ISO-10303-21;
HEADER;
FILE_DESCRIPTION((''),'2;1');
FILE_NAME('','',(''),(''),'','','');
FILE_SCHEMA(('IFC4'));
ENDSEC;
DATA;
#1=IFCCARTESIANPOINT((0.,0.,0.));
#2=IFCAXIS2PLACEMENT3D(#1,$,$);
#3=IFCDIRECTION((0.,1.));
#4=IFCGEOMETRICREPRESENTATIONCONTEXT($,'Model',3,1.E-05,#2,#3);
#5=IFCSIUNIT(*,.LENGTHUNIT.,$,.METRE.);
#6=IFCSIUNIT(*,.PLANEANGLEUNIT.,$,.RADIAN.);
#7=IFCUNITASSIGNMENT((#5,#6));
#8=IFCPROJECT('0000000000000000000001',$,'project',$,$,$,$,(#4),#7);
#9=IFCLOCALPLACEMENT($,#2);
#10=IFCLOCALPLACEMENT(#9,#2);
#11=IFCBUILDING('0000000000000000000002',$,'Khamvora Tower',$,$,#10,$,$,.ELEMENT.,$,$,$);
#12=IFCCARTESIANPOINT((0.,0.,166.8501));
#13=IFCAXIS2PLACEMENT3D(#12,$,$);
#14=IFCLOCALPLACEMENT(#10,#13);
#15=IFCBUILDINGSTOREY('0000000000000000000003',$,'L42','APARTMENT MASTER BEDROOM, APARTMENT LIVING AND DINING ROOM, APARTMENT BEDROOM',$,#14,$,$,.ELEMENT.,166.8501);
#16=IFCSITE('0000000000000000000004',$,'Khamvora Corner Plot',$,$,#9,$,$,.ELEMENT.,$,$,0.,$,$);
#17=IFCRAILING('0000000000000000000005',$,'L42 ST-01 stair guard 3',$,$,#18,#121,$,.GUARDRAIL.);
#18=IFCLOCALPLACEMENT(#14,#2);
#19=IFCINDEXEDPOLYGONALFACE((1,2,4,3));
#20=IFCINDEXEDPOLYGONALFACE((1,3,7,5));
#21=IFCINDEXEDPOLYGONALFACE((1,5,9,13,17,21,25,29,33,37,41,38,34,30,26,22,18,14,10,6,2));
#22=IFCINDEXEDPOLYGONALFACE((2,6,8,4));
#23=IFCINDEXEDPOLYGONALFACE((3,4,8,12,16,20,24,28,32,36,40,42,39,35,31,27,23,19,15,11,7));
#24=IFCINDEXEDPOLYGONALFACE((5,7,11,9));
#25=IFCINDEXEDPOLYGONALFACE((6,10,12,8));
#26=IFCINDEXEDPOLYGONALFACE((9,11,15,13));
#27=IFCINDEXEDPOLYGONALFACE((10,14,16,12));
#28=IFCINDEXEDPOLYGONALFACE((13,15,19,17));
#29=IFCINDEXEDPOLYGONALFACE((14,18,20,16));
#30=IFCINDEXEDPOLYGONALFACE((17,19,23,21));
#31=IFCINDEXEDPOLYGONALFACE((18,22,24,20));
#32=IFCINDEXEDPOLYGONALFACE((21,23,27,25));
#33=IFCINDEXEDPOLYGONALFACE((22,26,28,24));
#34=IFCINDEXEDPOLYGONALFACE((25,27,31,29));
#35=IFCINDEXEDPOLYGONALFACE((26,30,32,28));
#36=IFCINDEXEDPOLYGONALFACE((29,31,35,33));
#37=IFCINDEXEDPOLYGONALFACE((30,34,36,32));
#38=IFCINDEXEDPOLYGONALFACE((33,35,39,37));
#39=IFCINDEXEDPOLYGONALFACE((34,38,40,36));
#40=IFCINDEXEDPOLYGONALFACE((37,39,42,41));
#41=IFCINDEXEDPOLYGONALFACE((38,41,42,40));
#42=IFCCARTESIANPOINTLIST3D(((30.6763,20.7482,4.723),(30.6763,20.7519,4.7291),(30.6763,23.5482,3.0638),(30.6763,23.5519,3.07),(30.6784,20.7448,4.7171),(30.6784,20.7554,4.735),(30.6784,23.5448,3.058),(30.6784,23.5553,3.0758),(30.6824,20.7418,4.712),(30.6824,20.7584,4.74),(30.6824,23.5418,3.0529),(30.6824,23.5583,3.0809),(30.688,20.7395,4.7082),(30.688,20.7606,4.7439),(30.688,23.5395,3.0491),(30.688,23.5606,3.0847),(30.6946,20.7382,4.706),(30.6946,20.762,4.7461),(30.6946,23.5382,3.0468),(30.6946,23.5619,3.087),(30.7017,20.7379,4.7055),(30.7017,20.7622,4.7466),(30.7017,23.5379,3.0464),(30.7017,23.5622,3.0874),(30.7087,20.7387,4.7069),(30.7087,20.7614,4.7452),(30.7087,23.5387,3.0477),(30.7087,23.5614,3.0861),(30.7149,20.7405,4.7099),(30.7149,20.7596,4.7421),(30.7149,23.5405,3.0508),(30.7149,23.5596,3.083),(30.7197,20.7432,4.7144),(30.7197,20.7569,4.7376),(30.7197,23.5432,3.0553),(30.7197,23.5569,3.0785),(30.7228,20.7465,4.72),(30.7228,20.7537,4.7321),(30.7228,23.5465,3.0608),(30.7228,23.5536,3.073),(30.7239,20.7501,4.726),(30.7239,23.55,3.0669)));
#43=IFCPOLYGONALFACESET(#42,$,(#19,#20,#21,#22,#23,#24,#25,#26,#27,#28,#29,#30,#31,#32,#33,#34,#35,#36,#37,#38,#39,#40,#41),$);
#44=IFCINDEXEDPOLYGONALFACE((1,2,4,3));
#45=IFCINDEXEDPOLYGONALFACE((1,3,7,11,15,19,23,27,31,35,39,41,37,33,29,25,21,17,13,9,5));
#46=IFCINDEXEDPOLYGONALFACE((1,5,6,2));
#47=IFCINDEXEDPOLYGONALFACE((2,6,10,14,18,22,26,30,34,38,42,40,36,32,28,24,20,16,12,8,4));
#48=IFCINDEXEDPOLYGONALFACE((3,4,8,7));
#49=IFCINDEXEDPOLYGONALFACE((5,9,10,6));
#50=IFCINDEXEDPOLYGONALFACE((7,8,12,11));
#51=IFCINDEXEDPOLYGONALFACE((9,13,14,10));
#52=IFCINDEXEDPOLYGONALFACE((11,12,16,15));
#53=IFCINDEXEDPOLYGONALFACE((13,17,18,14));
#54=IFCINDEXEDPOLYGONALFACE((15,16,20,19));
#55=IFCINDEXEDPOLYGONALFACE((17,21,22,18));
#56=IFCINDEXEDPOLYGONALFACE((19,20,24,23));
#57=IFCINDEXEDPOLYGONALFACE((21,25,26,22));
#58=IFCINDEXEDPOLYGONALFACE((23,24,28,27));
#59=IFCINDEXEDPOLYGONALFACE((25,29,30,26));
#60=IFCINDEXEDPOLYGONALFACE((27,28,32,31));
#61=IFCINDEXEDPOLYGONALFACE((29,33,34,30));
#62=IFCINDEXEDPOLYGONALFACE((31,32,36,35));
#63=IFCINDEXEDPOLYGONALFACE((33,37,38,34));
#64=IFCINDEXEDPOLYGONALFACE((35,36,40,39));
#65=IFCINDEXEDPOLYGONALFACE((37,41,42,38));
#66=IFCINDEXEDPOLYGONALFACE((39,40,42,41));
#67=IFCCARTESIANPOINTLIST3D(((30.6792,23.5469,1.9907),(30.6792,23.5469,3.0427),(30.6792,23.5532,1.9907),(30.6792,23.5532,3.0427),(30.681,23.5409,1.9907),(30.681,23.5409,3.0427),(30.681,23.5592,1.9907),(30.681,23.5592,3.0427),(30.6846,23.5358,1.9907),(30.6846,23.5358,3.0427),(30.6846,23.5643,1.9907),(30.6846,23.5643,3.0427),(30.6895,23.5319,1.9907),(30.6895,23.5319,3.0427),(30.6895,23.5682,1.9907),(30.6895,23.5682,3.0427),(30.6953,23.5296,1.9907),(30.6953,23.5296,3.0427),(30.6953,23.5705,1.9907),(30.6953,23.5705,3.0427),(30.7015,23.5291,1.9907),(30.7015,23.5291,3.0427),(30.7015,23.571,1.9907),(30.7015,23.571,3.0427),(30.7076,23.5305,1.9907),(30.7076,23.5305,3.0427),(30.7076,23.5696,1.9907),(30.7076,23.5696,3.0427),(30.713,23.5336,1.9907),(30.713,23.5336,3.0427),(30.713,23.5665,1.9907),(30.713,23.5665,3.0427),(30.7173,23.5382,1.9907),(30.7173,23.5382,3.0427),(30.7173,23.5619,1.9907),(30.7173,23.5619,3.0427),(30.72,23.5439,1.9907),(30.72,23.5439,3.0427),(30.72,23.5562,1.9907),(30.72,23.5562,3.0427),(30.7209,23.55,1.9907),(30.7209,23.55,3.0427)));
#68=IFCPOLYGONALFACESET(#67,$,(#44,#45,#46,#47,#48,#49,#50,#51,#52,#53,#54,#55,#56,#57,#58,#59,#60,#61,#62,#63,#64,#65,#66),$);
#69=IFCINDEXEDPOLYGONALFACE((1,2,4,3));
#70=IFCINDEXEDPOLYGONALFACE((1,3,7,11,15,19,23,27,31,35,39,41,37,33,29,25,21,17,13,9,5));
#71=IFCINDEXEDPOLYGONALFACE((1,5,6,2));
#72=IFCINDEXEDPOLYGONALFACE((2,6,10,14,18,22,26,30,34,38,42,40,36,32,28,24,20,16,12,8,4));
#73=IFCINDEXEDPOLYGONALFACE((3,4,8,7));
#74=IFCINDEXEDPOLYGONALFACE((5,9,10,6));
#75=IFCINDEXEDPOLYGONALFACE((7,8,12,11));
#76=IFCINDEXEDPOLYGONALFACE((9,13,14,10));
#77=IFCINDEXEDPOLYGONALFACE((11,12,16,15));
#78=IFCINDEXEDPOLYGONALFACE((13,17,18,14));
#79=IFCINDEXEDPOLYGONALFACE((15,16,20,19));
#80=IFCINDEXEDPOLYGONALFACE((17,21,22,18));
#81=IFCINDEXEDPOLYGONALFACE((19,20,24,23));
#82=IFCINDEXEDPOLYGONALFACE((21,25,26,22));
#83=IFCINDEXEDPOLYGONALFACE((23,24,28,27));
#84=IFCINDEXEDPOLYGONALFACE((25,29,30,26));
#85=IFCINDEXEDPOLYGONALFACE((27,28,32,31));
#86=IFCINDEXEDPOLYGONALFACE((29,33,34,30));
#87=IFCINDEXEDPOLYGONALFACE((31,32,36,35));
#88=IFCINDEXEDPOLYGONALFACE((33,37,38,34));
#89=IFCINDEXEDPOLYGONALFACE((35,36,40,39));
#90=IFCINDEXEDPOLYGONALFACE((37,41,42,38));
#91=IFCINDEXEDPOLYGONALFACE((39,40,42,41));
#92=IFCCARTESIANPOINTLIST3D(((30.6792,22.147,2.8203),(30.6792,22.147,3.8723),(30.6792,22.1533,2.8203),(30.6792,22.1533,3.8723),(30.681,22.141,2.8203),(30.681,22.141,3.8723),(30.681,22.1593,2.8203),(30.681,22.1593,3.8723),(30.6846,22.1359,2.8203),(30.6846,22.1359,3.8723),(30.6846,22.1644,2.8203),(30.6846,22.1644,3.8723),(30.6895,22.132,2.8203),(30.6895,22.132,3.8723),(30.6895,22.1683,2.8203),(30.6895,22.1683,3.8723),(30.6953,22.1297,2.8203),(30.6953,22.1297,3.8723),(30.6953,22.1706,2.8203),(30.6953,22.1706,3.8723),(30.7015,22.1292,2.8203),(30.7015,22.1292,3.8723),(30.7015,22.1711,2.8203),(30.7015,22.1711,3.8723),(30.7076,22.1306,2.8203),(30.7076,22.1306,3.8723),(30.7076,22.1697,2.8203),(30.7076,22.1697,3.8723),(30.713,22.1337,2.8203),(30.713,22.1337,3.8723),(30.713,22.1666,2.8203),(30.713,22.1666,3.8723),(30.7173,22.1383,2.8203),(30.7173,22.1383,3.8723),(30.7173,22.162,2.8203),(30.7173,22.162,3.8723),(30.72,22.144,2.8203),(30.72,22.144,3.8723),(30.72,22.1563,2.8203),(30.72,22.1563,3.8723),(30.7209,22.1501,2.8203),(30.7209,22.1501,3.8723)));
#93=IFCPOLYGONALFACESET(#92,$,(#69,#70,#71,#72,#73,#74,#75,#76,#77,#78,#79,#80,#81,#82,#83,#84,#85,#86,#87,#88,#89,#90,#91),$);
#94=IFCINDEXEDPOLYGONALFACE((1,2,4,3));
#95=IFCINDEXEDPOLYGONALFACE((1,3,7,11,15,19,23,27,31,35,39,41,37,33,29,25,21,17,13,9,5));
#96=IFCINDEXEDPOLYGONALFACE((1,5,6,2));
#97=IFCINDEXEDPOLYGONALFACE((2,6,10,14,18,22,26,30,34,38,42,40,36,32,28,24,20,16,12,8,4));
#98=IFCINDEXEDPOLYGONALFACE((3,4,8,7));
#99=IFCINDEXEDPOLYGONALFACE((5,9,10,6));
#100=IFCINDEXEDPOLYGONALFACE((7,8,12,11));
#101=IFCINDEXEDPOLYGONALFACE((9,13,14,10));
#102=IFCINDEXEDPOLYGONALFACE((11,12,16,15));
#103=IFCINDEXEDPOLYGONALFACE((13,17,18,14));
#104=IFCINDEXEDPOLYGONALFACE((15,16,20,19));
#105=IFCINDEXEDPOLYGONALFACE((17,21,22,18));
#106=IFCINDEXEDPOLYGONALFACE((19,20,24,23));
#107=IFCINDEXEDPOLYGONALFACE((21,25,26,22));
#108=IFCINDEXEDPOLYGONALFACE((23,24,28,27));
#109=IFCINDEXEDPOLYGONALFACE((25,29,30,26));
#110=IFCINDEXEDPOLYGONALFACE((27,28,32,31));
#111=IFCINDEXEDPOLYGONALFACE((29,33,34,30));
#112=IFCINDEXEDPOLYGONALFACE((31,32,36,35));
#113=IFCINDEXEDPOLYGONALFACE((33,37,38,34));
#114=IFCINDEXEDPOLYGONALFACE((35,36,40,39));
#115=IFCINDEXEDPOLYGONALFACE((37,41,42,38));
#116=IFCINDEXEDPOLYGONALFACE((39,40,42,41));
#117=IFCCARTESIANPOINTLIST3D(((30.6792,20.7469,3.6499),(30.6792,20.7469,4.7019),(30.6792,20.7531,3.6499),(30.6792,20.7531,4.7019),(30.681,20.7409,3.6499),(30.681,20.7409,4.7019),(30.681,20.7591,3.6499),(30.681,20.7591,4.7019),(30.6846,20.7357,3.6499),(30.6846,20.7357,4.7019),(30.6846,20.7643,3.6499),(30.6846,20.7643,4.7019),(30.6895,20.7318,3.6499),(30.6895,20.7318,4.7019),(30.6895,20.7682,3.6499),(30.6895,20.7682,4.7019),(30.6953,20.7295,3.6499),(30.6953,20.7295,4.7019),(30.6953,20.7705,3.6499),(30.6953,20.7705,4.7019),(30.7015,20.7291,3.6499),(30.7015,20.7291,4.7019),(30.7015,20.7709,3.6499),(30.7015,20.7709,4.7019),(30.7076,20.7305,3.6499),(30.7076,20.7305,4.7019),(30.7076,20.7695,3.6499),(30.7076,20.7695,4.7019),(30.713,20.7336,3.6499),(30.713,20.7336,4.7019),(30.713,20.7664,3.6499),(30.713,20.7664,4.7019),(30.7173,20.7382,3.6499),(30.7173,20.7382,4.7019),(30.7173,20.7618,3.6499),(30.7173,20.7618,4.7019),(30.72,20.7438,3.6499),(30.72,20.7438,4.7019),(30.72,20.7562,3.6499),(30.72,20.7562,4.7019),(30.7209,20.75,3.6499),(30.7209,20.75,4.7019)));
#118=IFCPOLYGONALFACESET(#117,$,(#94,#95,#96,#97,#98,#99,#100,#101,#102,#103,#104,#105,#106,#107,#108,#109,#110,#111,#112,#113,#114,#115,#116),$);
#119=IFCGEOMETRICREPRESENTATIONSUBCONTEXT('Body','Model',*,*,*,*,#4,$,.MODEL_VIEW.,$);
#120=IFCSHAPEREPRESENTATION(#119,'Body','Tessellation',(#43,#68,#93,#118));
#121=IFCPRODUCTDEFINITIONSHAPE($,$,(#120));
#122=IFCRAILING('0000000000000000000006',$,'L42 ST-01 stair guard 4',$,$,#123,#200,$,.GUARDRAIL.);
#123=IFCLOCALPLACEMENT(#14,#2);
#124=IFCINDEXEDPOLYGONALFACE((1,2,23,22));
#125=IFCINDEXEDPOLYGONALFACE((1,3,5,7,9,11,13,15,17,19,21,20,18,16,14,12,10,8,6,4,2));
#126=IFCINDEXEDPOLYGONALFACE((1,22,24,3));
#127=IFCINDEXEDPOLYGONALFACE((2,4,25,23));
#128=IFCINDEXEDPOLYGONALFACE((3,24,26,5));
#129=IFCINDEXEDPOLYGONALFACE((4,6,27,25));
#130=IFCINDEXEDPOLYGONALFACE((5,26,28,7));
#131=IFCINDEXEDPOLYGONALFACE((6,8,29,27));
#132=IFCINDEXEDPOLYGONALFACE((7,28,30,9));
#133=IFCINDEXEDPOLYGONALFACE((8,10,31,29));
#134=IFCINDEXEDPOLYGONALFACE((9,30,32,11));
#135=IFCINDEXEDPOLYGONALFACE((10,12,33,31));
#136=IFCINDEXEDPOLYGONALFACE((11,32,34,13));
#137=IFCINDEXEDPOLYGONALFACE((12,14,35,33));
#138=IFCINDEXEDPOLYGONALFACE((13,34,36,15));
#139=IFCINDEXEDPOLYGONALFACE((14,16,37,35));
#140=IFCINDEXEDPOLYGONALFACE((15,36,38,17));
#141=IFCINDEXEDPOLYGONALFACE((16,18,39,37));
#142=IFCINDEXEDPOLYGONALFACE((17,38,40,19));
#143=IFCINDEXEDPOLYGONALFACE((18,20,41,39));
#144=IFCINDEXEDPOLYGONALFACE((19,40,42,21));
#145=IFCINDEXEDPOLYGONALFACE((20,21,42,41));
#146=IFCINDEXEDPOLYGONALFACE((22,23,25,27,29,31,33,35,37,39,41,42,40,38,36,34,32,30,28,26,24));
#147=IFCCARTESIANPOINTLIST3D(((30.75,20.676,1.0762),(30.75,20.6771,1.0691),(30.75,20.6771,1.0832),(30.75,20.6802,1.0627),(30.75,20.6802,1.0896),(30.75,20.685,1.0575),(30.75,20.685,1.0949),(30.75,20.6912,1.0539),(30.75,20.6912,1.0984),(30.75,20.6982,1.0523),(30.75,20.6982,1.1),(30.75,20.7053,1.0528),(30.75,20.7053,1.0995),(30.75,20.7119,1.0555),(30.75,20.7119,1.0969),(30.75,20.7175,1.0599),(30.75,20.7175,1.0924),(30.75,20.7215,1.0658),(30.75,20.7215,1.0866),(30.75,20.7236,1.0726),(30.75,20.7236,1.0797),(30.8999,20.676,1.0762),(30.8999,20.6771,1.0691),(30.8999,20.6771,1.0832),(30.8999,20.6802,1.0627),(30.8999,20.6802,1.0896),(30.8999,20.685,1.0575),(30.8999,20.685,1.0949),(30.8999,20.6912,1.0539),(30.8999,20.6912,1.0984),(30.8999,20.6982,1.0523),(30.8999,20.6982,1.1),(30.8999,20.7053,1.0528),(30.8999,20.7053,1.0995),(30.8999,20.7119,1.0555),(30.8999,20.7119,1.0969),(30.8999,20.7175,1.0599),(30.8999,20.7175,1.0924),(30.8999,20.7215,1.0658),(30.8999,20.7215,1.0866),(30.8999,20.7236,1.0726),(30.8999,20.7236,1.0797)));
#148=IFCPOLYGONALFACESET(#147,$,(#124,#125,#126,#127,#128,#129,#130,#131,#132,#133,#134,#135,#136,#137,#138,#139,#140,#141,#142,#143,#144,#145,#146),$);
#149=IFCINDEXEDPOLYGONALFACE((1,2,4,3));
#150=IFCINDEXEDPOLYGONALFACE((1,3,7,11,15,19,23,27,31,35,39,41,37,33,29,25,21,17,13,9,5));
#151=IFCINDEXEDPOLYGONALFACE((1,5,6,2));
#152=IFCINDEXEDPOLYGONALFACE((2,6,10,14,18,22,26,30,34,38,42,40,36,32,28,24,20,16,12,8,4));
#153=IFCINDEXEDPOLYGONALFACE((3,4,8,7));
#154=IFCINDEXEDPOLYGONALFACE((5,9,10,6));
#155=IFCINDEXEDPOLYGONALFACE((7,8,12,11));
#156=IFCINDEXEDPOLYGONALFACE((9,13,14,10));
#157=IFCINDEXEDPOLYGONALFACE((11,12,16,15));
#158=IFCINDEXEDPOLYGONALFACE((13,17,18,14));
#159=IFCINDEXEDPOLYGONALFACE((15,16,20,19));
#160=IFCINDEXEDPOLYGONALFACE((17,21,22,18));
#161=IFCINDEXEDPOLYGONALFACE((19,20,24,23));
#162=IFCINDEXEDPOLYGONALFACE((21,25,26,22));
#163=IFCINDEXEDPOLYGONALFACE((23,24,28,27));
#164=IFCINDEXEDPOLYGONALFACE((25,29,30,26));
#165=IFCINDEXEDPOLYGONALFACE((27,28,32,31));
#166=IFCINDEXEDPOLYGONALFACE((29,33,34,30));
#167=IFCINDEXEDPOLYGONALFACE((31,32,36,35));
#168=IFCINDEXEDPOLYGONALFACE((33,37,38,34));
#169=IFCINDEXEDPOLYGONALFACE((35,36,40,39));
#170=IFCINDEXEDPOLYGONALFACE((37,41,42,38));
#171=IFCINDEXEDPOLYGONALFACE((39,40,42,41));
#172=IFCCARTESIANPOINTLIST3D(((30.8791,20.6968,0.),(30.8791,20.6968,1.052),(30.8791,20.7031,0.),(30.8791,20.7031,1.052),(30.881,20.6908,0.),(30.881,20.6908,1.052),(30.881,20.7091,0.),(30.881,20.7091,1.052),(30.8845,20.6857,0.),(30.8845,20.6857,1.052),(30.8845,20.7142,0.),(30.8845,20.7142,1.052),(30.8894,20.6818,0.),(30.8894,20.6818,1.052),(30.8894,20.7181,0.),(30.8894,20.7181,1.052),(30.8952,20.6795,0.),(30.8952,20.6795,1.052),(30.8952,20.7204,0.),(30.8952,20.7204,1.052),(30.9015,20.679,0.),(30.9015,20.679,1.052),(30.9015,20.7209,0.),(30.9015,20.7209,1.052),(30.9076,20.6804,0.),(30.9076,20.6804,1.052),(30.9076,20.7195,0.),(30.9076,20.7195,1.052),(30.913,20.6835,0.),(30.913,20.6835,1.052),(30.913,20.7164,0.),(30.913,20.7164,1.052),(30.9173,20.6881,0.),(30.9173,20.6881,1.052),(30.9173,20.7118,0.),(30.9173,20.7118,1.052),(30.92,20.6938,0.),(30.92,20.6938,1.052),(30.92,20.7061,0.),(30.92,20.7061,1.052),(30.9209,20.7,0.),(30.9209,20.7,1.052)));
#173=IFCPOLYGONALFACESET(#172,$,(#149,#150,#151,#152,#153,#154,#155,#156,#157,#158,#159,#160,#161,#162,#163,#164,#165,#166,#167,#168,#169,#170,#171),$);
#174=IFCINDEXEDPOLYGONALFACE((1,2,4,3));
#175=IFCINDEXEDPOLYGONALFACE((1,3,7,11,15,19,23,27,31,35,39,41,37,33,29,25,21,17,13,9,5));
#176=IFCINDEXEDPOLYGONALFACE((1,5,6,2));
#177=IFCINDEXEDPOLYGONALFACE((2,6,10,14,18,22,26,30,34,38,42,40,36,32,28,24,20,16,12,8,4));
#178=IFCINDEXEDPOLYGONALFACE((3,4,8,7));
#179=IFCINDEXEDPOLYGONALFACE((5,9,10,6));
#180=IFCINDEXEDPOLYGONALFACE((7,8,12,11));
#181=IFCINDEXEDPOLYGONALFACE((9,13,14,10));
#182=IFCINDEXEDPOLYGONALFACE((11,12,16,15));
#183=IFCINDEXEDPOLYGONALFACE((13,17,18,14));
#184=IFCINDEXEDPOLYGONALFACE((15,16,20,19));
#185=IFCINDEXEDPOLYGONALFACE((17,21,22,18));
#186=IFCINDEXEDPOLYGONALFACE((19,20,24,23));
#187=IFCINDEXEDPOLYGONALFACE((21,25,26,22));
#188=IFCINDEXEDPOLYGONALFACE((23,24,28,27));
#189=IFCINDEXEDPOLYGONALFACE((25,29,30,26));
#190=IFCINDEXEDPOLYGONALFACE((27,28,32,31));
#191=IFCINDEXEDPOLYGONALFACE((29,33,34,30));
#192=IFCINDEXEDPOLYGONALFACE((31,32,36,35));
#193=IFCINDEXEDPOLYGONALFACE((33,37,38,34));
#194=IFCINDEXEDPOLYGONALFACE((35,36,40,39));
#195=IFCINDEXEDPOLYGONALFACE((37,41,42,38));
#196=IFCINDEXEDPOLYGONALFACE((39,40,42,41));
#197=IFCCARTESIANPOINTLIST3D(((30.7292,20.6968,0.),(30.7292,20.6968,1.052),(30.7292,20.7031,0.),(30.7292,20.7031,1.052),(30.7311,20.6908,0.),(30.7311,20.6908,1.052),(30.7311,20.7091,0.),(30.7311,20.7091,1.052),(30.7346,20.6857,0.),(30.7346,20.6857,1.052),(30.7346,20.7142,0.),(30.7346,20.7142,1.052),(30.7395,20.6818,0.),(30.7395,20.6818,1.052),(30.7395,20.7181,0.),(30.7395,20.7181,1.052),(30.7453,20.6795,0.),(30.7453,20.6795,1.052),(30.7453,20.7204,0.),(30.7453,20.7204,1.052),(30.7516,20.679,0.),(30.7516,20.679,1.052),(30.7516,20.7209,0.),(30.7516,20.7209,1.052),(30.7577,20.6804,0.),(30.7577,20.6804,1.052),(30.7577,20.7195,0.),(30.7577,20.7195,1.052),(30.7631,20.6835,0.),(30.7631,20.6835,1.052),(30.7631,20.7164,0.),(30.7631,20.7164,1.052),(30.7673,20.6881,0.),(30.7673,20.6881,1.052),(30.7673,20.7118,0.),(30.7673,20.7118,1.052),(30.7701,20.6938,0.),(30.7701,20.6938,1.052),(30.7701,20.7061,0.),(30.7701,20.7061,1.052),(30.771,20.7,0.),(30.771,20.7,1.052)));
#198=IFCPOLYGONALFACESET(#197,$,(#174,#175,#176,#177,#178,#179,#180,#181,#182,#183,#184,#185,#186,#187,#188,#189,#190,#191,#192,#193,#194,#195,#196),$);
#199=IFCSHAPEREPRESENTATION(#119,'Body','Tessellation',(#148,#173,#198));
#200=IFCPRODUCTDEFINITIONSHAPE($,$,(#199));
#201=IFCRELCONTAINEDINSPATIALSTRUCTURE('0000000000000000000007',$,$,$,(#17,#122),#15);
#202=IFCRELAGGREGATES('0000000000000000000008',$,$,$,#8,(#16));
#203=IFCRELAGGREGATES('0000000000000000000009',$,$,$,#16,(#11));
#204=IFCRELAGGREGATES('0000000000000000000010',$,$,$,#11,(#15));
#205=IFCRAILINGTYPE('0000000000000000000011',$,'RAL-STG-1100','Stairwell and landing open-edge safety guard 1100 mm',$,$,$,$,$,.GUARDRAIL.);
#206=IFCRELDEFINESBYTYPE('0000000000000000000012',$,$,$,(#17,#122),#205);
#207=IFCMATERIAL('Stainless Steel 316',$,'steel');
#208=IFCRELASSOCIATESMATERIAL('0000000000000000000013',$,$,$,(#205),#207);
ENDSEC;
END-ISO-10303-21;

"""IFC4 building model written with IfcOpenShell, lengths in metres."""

from ifc_helpers import new_model, si_unit, direction, frame, origin, origin_2d, place, context, subcontext, project, spatial, circle, extrude, material, type_object, element, save


model = new_model("IFC4")

# Units and contexts
model_context = context("Model", 3, precision=1e-05, world=origin(), true_north=direction((0.0, 1.0)))
body_context = subcontext(model_context, "Body", "Model", "MODEL_VIEW")
ifc_project = project(units=[si_unit("LENGTHUNIT", "METRE"), si_unit("PLANEANGLEUNIT", "RADIAN")], contexts=[model_context])

# Site, building, storey
site_placement = place(None, origin())
site = spatial("IfcSite", under=ifc_project, at=site_placement, Name="Khamvora Corner Plot", CompositionType="ELEMENT", RefElevation=0.0)
building_placement = place(site_placement, origin())
building = spatial("IfcBuilding", under=site, at=building_placement, Name="Khamvora Tower", CompositionType="ELEMENT")
storey_placement = place(building_placement, frame((0.0, 0.0, 166.8501)))
storey = spatial("IfcBuildingStorey", under=building, at=storey_placement, Name="L42", Description="APARTMENT MASTER BEDROOM, APARTMENT LIVING AND DINING ROOM, APARTMENT BEDROOM", CompositionType="ELEMENT", Elevation=166.8501)

# Railings
ifc_material_1 = material(Name="Stainless Steel 316", Category="steel")
railing_type_1 = type_object("IfcRailingType", Name="RAL-STG-1100", Description="Stairwell and landing open-edge safety guard 1100 mm", PredefinedType="GUARDRAIL", material=ifc_material_1)
railing_1_placement = place(storey_placement, frame((30.7, 23.55, 1.9907)))
element("IfcRailing", 1, at=railing_1_placement, inside=storey, type_object=railing_type_1, Name="L42 ST-01 stair guard 3", PredefinedType="GUARDRAIL", context=body_context, shape_type="SweptSolid", body=[
    extrude(circle(Radius=0.0239, at=origin_2d()), frame((0.0, 0.0, 1.0762), z_axis=(0.0, -0.860306, 0.509778), x_axis=(1.0, 0.0, 0.0)), (0.0, 0.0, 1.0), 3.2546),
    extrude(circle(Radius=0.021, at=origin_2d()), origin(), (0.0, 0.0, 1.0), 1.052),
    extrude(circle(Radius=0.021, at=origin_2d()), frame((0.0, -1.3999, 0.8296)), (0.0, 0.0, 1.0), 1.052),
    extrude(circle(Radius=0.021, at=origin_2d()), frame((0.0, -2.8, 1.6592)), (0.0, 0.0, 1.0), 1.052),
])
railing_2_placement = place(storey_placement, frame((30.8999, 20.7, 0.0)))
element("IfcRailing", 2, at=railing_2_placement, inside=storey, type_object=railing_type_1, Name="L42 ST-01 stair guard 4", PredefinedType="GUARDRAIL", context=body_context, shape_type="SweptSolid", body=[
    extrude(circle(Radius=0.0239, at=origin_2d()), frame((0.0, 0.0, 1.0762), z_axis=(-1.0, 0.0, 0.0), x_axis=(0.0, -1.0, 0.0)), (0.0, 0.0, 1.0), 0.1499),
    extrude(circle(Radius=0.021, at=origin_2d()), origin(), (0.0, 0.0, 1.0), 1.052),
    extrude(circle(Radius=0.021, at=origin_2d()), frame((-0.1499, 0.0, 0.0)), (0.0, 0.0, 1.0), 1.052),
])

save(model, "model.ifc")
